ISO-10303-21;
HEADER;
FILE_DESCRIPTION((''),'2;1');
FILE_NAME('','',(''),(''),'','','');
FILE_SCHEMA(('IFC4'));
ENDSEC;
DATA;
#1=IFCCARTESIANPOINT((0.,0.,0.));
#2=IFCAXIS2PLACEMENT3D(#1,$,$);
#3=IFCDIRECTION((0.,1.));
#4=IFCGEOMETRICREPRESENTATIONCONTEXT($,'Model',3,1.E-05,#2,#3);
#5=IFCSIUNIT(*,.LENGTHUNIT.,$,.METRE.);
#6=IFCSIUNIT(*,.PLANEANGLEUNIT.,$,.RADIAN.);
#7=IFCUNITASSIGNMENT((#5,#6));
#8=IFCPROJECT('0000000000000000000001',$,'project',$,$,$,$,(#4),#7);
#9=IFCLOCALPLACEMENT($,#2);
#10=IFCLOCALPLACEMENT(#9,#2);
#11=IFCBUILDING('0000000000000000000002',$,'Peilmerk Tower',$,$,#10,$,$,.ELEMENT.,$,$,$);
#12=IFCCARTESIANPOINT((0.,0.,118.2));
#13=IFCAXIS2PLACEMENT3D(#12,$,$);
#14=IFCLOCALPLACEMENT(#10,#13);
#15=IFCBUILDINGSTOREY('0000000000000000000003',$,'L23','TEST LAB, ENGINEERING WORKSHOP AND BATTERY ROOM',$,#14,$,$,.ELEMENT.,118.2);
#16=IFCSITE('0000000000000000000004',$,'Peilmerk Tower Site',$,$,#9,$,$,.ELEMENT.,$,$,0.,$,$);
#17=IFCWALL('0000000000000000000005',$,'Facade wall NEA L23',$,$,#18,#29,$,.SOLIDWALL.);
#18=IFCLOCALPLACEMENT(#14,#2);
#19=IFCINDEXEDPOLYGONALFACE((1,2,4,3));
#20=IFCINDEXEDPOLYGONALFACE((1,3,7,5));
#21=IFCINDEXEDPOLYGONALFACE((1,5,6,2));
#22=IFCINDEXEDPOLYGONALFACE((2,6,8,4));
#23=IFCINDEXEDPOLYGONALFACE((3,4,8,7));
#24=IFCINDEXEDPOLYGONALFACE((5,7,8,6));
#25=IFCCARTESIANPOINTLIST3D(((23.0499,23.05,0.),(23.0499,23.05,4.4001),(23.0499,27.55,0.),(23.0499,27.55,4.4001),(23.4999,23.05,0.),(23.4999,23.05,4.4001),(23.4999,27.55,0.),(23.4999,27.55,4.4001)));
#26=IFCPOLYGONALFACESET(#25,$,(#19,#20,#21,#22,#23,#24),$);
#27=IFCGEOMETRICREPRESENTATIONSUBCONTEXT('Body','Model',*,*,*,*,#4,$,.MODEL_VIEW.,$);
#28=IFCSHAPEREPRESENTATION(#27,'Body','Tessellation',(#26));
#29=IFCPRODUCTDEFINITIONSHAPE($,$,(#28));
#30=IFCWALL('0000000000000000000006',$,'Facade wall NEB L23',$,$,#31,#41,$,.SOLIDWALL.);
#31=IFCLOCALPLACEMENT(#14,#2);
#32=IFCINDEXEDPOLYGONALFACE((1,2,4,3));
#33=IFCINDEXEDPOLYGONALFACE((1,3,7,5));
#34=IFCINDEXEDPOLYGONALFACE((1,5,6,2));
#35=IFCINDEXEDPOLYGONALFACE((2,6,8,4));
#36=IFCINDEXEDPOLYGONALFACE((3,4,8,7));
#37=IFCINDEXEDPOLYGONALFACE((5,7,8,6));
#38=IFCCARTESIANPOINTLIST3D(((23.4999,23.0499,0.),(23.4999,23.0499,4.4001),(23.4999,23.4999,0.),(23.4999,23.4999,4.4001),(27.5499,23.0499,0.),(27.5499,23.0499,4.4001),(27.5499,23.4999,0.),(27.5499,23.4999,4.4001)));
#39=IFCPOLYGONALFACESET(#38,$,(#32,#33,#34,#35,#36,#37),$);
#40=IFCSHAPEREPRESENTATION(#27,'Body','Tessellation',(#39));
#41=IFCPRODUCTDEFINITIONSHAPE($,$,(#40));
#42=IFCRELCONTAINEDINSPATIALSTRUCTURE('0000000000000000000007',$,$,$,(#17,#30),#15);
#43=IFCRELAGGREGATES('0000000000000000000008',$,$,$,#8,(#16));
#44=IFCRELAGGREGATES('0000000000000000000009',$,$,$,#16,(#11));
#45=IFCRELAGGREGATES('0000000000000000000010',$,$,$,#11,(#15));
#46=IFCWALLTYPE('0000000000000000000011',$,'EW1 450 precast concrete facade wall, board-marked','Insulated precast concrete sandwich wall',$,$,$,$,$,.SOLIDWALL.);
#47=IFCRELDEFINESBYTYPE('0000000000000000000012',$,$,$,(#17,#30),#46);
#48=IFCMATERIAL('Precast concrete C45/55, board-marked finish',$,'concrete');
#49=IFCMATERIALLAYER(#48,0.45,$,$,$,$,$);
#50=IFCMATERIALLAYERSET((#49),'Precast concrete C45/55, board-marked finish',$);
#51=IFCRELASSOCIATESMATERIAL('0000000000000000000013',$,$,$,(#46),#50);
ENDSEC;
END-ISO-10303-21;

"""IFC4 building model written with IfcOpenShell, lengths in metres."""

from ifc_helpers import new_model, si_unit, direction, frame, frame_2d, origin, place, context, subcontext, project, spatial, rectangle, extrude, material, layer, layer_set, type_object, element, save


model = new_model("IFC4")

# Units and contexts
model_context = context("Model", 3, precision=1e-05, world=origin(), true_north=direction((0.0, 1.0)))
body_context = subcontext(model_context, "Body", "Model", "MODEL_VIEW")
ifc_project = project(units=[si_unit("LENGTHUNIT", "METRE"), si_unit("PLANEANGLEUNIT", "RADIAN")], contexts=[model_context])

# Site, building, storey
site_placement = place(None, origin())
site = spatial("IfcSite", under=ifc_project, at=site_placement, Name="Peilmerk Tower Site", CompositionType="ELEMENT", RefElevation=0.0)
building_placement = place(site_placement, origin())
building = spatial("IfcBuilding", under=site, at=building_placement, Name="Peilmerk Tower", CompositionType="ELEMENT")
storey_placement = place(building_placement, frame((0.0, 0.0, 118.2)))
storey = spatial("IfcBuildingStorey", under=building, at=storey_placement, Name="L23", Description="TEST LAB, ENGINEERING WORKSHOP AND BATTERY ROOM", CompositionType="ELEMENT", Elevation=118.2)

# Shared definitions
ifc_material_1 = material(Name="Precast concrete C45/55, board-marked finish", Category="concrete")
ifc_layer = layer(ifc_material_1, 0.45)
ifc_layer_set = layer_set([ifc_layer], Name="Precast concrete C45/55, board-marked finish")
wall_type = type_object("IfcWallType", Name="EW1 450 precast concrete facade wall, board-marked", Description="Insulated precast concrete sandwich wall", PredefinedType="SOLIDWALL", material=ifc_layer_set)

# Walls
wall_1_placement = place(storey_placement, frame((23.2749, 23.05, 0.0), z_axis=(0.0, 0.0, 1.0), x_axis=(0.0, 1.0, 0.0)))
element("IfcWall", 1, at=wall_1_placement, inside=storey, type_object=wall_type, Name="Facade wall NEA L23", PredefinedType="SOLIDWALL", context=body_context, shape_type="SweptSolid", body=[
    extrude(rectangle(XDim=4.5, YDim=0.45, at=frame_2d((2.25, 0.0))), origin(), (0.0, 0.0, 1.0), 4.4001),
])
wall_2_placement = place(storey_placement, frame((23.5, 23.2749, 0.0), z_axis=(0.0, 0.0, 1.0), x_axis=(1.0, 0.0, 0.0)))
element("IfcWall", 2, at=wall_2_placement, inside=storey, type_object=wall_type, Name="Facade wall NEB L23", PredefinedType="SOLIDWALL", context=body_context, shape_type="SweptSolid", body=[
    extrude(rectangle(XDim=4.05, YDim=0.45, at=frame_2d((2.0249, 0.0))), origin(), (0.0, 0.0, 1.0), 4.4001),
])

save(model, "model.ifc")
